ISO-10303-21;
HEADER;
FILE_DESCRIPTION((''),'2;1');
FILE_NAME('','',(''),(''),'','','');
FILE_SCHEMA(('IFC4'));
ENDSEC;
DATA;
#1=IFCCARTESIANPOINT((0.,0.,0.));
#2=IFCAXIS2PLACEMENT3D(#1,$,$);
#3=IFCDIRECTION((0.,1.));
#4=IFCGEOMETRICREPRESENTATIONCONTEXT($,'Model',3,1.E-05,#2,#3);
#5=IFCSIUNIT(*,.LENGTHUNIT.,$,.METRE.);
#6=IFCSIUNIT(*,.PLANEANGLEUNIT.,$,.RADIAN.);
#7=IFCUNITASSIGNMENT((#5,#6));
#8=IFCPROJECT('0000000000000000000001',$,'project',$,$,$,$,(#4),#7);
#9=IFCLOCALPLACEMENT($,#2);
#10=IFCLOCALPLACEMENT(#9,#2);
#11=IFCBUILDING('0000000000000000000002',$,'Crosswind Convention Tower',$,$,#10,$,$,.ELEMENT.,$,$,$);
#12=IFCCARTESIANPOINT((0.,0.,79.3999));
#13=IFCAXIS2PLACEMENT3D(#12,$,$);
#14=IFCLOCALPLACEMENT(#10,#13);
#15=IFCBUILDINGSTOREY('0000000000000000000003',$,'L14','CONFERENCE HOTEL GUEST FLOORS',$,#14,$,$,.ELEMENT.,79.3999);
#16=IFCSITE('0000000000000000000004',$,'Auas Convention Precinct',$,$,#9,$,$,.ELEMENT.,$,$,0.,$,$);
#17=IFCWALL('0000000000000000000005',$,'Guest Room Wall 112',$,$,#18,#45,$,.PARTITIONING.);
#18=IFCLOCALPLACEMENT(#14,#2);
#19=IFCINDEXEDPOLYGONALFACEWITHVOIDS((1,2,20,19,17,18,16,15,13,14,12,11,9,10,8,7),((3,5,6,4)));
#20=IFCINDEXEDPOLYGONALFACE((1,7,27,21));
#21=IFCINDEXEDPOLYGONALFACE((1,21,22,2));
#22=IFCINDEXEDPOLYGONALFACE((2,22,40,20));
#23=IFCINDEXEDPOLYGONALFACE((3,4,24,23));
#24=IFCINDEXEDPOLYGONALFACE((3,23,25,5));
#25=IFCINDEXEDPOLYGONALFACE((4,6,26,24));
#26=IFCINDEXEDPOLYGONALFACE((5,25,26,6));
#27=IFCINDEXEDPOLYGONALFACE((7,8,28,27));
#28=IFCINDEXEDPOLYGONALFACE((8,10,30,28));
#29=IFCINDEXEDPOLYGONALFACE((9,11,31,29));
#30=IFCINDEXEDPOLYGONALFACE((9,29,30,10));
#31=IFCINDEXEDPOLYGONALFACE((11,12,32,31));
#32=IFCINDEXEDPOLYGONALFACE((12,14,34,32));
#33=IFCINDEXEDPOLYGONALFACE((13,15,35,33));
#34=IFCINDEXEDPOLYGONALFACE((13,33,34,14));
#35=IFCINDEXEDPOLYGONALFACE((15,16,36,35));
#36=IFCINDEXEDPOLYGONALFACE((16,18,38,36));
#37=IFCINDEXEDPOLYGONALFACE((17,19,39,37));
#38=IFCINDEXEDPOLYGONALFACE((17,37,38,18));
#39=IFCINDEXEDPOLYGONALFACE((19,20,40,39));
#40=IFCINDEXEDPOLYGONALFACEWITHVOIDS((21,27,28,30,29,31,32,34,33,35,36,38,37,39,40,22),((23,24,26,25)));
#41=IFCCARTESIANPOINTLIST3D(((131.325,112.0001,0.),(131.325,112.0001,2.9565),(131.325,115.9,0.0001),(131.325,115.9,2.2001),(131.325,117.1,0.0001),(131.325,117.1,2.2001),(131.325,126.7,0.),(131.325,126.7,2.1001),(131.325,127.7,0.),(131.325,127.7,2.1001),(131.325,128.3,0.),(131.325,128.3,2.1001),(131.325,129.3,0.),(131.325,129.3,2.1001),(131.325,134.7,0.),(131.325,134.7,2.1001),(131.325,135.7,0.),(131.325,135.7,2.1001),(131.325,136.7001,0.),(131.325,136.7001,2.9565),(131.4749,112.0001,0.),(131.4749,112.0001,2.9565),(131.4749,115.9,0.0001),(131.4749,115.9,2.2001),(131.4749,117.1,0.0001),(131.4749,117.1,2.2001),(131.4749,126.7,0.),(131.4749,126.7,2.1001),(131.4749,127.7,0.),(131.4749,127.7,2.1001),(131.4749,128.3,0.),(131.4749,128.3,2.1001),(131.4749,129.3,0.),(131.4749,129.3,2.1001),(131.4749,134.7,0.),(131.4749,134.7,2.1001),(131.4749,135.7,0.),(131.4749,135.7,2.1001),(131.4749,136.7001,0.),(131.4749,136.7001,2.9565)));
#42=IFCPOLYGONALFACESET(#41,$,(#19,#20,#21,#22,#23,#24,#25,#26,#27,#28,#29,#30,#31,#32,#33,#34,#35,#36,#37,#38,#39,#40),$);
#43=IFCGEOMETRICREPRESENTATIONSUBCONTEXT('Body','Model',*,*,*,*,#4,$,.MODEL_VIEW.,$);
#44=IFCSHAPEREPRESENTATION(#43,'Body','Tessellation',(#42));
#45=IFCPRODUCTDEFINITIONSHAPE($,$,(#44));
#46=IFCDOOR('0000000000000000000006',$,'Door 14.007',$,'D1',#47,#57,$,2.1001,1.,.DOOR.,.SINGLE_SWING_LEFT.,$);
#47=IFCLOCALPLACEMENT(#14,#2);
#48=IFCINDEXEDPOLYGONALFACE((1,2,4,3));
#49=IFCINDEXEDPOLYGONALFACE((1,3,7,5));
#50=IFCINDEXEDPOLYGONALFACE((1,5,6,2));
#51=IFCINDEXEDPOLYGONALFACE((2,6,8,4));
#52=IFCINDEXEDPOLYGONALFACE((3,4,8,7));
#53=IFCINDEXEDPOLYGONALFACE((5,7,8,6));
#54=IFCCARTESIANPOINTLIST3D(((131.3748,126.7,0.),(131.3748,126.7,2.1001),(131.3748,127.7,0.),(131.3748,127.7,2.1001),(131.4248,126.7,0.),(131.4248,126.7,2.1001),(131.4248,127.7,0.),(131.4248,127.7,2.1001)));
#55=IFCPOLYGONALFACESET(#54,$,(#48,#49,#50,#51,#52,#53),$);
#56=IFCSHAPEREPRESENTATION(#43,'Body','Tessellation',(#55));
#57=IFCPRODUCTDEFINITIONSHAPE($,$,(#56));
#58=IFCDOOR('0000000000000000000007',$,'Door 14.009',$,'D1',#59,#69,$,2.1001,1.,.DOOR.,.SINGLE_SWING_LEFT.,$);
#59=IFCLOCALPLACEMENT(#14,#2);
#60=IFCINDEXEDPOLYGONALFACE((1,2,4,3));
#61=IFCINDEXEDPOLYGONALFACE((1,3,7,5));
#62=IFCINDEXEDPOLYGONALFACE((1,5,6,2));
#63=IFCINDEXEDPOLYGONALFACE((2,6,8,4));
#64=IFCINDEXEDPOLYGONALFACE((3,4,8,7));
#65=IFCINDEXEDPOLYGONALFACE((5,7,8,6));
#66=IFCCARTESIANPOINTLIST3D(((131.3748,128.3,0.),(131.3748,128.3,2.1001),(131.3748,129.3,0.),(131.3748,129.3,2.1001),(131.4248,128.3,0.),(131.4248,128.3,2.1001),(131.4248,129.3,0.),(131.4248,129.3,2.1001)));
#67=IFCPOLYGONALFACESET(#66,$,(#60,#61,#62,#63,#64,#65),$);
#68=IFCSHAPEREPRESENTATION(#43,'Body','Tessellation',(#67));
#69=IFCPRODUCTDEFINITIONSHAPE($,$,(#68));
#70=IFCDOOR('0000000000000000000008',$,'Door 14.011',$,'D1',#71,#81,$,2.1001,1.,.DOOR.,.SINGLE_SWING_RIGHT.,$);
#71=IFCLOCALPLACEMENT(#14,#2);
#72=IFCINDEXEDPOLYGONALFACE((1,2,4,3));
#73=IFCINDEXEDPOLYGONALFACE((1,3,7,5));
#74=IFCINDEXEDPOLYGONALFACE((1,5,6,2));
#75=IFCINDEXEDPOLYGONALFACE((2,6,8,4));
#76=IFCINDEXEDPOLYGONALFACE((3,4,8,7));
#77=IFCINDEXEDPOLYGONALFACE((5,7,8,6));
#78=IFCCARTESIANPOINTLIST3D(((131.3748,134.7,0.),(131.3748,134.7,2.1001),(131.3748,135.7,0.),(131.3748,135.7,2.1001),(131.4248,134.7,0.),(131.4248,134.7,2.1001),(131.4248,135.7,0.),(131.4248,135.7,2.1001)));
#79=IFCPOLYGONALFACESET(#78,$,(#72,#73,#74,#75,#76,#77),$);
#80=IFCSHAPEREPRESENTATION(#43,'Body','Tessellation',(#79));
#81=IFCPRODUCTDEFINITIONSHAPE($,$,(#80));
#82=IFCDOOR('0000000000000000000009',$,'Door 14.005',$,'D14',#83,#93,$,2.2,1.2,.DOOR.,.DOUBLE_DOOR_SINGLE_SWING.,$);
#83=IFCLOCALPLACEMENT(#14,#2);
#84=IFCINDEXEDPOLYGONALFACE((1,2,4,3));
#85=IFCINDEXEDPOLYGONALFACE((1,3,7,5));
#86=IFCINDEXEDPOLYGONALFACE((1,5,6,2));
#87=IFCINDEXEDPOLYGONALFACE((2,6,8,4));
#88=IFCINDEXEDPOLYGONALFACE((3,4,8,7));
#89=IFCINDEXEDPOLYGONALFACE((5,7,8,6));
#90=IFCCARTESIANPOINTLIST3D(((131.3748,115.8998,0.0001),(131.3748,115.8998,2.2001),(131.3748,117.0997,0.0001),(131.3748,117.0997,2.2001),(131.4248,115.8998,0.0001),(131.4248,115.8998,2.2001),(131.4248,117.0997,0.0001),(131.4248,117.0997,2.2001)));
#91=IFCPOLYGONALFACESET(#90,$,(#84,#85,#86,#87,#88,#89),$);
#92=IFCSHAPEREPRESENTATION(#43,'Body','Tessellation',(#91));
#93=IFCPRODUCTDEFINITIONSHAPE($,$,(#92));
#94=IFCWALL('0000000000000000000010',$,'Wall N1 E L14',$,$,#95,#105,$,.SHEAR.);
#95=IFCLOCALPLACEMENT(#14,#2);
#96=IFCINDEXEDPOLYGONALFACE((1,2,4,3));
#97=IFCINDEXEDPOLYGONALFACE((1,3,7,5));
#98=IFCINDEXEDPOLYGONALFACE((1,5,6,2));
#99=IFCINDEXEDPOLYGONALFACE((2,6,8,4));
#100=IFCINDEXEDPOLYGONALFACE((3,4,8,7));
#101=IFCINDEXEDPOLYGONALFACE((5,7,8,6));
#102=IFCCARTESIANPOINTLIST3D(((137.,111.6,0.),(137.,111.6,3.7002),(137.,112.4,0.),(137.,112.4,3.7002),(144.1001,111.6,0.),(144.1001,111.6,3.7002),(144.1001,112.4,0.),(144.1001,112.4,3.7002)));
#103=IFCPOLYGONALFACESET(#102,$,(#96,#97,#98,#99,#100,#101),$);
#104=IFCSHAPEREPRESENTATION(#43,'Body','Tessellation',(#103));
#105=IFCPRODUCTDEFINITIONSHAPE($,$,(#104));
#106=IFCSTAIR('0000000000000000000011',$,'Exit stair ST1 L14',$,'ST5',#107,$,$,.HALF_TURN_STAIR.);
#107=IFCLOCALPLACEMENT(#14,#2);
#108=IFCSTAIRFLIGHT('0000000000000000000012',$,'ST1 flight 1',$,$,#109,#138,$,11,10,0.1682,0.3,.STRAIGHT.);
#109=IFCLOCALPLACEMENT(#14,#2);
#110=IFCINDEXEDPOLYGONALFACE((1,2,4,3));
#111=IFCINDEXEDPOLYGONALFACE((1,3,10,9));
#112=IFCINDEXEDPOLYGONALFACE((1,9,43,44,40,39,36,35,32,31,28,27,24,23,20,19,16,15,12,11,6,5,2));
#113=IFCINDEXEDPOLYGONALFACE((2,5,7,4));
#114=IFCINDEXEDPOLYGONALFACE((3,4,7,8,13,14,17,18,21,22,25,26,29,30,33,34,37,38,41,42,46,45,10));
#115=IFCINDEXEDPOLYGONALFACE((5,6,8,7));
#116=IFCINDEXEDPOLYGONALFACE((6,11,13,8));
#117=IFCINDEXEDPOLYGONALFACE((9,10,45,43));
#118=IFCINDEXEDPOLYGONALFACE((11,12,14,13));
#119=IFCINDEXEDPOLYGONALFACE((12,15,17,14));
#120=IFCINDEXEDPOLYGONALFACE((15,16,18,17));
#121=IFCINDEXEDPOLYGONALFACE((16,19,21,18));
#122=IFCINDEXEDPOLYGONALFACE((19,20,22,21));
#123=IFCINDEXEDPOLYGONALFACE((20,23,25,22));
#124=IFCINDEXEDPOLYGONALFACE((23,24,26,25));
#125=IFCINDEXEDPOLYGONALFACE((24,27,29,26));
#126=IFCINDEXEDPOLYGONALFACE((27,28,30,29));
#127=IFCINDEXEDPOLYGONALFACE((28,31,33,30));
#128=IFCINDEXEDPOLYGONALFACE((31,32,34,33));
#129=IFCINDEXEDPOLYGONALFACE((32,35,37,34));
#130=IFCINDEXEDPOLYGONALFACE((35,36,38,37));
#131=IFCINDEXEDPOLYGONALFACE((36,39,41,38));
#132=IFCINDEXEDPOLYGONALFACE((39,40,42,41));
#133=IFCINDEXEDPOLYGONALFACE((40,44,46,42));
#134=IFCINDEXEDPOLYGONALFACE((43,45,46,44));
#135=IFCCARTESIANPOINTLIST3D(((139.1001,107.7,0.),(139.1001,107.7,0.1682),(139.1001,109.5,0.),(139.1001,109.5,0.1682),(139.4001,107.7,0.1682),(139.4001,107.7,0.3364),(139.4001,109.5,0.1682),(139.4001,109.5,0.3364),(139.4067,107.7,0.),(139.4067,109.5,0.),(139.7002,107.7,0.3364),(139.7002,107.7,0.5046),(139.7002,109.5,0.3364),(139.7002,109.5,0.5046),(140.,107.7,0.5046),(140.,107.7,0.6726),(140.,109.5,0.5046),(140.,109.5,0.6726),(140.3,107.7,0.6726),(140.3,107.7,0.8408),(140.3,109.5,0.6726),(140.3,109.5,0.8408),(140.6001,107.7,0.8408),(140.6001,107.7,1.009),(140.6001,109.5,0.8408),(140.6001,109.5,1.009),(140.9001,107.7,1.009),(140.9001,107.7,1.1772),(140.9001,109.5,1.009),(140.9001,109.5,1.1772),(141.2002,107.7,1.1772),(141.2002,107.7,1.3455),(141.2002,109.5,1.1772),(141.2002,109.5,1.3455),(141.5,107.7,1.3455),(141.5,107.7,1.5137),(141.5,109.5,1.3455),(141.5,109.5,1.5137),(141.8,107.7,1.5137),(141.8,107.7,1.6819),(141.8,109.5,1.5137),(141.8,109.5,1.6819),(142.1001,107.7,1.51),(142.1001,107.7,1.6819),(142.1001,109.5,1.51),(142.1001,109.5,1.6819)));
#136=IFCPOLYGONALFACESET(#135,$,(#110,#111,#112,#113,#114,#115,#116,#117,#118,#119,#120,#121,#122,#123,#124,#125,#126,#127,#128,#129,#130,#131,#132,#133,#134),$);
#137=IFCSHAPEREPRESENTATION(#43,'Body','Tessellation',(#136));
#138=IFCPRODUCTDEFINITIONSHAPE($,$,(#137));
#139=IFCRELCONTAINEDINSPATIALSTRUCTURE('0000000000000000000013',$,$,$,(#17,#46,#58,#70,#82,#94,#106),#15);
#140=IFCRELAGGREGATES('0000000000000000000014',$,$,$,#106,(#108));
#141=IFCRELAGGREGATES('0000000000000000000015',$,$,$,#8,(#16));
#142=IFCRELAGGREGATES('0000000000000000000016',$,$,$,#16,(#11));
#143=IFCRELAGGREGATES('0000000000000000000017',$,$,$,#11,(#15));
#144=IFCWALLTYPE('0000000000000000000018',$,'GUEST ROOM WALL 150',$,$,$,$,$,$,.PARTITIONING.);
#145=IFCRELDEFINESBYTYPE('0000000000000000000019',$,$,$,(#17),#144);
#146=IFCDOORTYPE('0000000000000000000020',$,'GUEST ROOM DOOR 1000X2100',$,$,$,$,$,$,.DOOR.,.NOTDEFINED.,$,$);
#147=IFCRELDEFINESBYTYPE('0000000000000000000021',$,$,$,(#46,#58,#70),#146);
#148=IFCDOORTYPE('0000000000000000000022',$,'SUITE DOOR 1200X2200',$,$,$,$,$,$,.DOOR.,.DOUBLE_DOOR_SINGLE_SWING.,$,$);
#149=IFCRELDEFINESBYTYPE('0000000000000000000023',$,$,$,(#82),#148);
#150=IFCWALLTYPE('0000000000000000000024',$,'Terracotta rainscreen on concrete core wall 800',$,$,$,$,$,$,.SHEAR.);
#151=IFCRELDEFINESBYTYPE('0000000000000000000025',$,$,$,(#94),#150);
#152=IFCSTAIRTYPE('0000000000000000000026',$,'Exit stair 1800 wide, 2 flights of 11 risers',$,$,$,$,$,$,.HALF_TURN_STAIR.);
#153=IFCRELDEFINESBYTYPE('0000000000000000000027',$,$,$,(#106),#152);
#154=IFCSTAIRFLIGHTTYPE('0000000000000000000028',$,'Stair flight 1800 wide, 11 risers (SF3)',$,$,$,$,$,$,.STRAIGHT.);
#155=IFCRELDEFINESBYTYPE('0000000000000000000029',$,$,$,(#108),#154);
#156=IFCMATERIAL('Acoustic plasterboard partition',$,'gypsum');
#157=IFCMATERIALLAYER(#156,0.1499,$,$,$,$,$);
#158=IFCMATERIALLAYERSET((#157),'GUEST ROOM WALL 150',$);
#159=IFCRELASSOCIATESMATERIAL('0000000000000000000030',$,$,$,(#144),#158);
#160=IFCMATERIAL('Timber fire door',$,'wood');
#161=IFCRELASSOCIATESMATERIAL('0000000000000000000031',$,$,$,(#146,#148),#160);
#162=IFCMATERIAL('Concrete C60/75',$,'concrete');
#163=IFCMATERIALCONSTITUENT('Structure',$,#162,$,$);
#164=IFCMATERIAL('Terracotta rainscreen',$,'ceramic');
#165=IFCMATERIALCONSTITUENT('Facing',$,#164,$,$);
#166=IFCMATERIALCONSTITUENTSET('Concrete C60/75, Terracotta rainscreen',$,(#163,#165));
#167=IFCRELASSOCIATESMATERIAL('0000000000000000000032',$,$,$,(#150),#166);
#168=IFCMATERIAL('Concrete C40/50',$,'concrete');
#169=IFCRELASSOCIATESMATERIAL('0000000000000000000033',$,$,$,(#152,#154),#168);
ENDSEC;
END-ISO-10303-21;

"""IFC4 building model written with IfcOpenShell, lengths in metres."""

from ifc_helpers import new_model, si_unit, direction, frame, frame_2d, origin, place, context, subcontext, project, spatial, polyline, rectangle, outline, extrude, material, layer, layer_set, constituent, constituent_set, type_object, element, fill, aggregate, save


model = new_model("IFC4")

# Units and contexts
model_context = context("Model", 3, precision=1e-05, world=origin(), true_north=direction((0.0, 1.0)))
body_context = subcontext(model_context, "Body", "Model", "MODEL_VIEW")
ifc_project = project(units=[si_unit("LENGTHUNIT", "METRE"), si_unit("PLANEANGLEUNIT", "RADIAN")], contexts=[model_context])

# Site, building, storey
site_placement = place(None, origin())
site = spatial("IfcSite", under=ifc_project, at=site_placement, Name="Auas Convention Precinct", CompositionType="ELEMENT", RefElevation=0.0)
building_placement = place(site_placement, origin())
building = spatial("IfcBuilding", under=site, at=building_placement, Name="Crosswind Convention Tower", CompositionType="ELEMENT")
storey_placement = place(building_placement, frame((0.0, 0.0, 79.3999)))
storey = spatial("IfcBuildingStorey", under=building, at=storey_placement, Name="L14", Description="CONFERENCE HOTEL GUEST FLOORS", CompositionType="ELEMENT", Elevation=79.3999)

# Shared definitions
ifc_material_1 = material(Name="Acoustic plasterboard partition", Category="gypsum")
ifc_layer_1 = layer(ifc_material_1, 0.1499)
ifc_layer_set_1 = layer_set([ifc_layer_1], Name="GUEST ROOM WALL 150")
wall_type_1 = type_object("IfcWallType", Name="GUEST ROOM WALL 150", PredefinedType="PARTITIONING", material=ifc_layer_set_1)

# Wall, openings, doors
wall_1_placement = place(storey_placement, frame((131.3999, 112.0, 0.0), z_axis=(0.0, 0.0, 1.0), x_axis=(0.0, 1.0, 0.0)))
wall_1 = element("IfcWall", 1, at=wall_1_placement, inside=storey, type_object=wall_type_1, Name="Guest Room Wall 112", PredefinedType="PARTITIONING", context=body_context, shape_type="SweptSolid", body=[
    extrude(rectangle(XDim=24.7, YDim=0.1499, at=frame_2d((12.3501, 0.0))), origin(), (0.0, 0.0, 1.0), 2.9565),
])
opening_1_placement = place(wall_1_placement, frame((3.8999, 0.0, 0.0)))
opening_1 = element("IfcOpeningElement", 2, at=opening_1_placement, cuts=wall_1, PredefinedType="OPENING", context=body_context, shape_type="SweptSolid", body=[
    extrude(rectangle(XDim=1.2, YDim=2.2, at=frame_2d((0.6001, 1.1001))), frame((0.0, 0.085, 0.0), z_axis=(0.0, -1.0, 0.0), x_axis=(1.0, 0.0, 0.0)), (0.0, 0.0, 1.0), 0.1699),
])
opening_2_placement = place(wall_1_placement, frame((14.7, 0.0, 0.0)))
opening_2 = element("IfcOpeningElement", 3, at=opening_2_placement, cuts=wall_1, PredefinedType="OPENING", context=body_context, shape_type="SweptSolid", body=[
    extrude(rectangle(XDim=1.0, YDim=2.1001, at=frame_2d((0.5, 1.05))), frame((0.0, 0.085, 0.0), z_axis=(0.0, -1.0, 0.0), x_axis=(1.0, 0.0, 0.0)), (0.0, 0.0, 1.0), 0.1699),
])
opening_3_placement = place(wall_1_placement, frame((16.3, 0.0, 0.0)))
opening_3 = element("IfcOpeningElement", 4, at=opening_3_placement, cuts=wall_1, PredefinedType="OPENING", context=body_context, shape_type="SweptSolid", body=[
    extrude(rectangle(XDim=1.0, YDim=2.1001, at=frame_2d((0.5, 1.05))), frame((0.0, 0.085, 0.0), z_axis=(0.0, -1.0, 0.0), x_axis=(1.0, 0.0, 0.0)), (0.0, 0.0, 1.0), 0.1699),
])
opening_4_placement = place(wall_1_placement, frame((22.7, 0.0, 0.0)))
opening_4 = element("IfcOpeningElement", 5, at=opening_4_placement, cuts=wall_1, PredefinedType="OPENING", context=body_context, shape_type="SweptSolid", body=[
    extrude(rectangle(XDim=1.0, YDim=2.1001, at=frame_2d((0.5, 1.05))), frame((0.0, 0.085, 0.0), z_axis=(0.0, -1.0, 0.0), x_axis=(1.0, 0.0, 0.0)), (0.0, 0.0, 1.0), 0.1699),
])
ifc_material_2 = material(Name="Timber fire door", Category="wood")
door_type_1 = type_object("IfcDoorType", Name="GUEST ROOM DOOR 1000X2100", OperationType="NOTDEFINED", PredefinedType="DOOR", material=ifc_material_2)
door_1_placement = place(opening_2_placement, frame((1.0, 0.0, 0.0), z_axis=(0.0, 0.0, 1.0), x_axis=(-1.0, 0.0, 0.0)))
door_1 = element("IfcDoor", 6, at=door_1_placement, inside=storey, type_object=door_type_1, Name="Door 14.007", ObjectType="D1", OperationType="SINGLE_SWING_LEFT", OverallHeight=2.1001, OverallWidth=1.0, PredefinedType="DOOR", context=body_context, shape_type="SweptSolid", body=[
    extrude(rectangle(XDim=1.0, YDim=2.1001, at=frame_2d((0.5, 1.05))), frame((0.0, 0.0249, 0.0), z_axis=(0.0, -1.0, 0.0), x_axis=(1.0, 0.0, 0.0)), (0.0, 0.0, 1.0), 0.05),
])
fill(opening_2, door_1)
door_2_placement = place(opening_3_placement, frame((1.0, 0.0, 0.0), z_axis=(0.0, 0.0, 1.0), x_axis=(-1.0, 0.0, 0.0)))
door_2 = element("IfcDoor", 7, at=door_2_placement, inside=storey, type_object=door_type_1, Name="Door 14.009", ObjectType="D1", OperationType="SINGLE_SWING_LEFT", OverallHeight=2.1001, OverallWidth=1.0, PredefinedType="DOOR", context=body_context, shape_type="SweptSolid", body=[
    extrude(rectangle(XDim=1.0, YDim=2.1001, at=frame_2d((0.5, 1.05))), frame((0.0, 0.0249, 0.0), z_axis=(0.0, -1.0, 0.0), x_axis=(1.0, 0.0, 0.0)), (0.0, 0.0, 1.0), 0.05),
])
fill(opening_3, door_2)
door_3_placement = place(opening_4_placement, frame((1.0, 0.0, 0.0), z_axis=(0.0, 0.0, 1.0), x_axis=(-1.0, 0.0, 0.0)))
door_3 = element("IfcDoor", 8, at=door_3_placement, inside=storey, type_object=door_type_1, Name="Door 14.011", ObjectType="D1", OperationType="SINGLE_SWING_RIGHT", OverallHeight=2.1001, OverallWidth=1.0, PredefinedType="DOOR", context=body_context, shape_type="SweptSolid", body=[
    extrude(rectangle(XDim=1.0, YDim=2.1001, at=frame_2d((0.5, 1.05))), frame((0.0, 0.0249, 0.0), z_axis=(0.0, -1.0, 0.0), x_axis=(1.0, 0.0, 0.0)), (0.0, 0.0, 1.0), 0.05),
])
fill(opening_4, door_3)
door_type_2 = type_object("IfcDoorType", Name="SUITE DOOR 1200X2200", OperationType="DOUBLE_DOOR_SINGLE_SWING", PredefinedType="DOOR", material=ifc_material_2)
door_4_placement = place(opening_1_placement, frame((1.2, 0.0, 0.0), z_axis=(0.0, 0.0, 1.0), x_axis=(-1.0, 0.0, 0.0)))
door_4 = element("IfcDoor", 9, at=door_4_placement, inside=storey, type_object=door_type_2, Name="Door 14.005", ObjectType="D14", OperationType="DOUBLE_DOOR_SINGLE_SWING", OverallHeight=2.2, OverallWidth=1.2, PredefinedType="DOOR", context=body_context, shape_type="SweptSolid", body=[
    extrude(rectangle(XDim=1.2, YDim=2.2, at=frame_2d((0.6001, 1.1001))), frame((0.0, 0.0249, 0.0), z_axis=(0.0, -1.0, 0.0), x_axis=(1.0, 0.0, 0.0)), (0.0, 0.0, 1.0), 0.05),
])
fill(opening_1, door_4)

# Shared definitions
ifc_material_3 = material(Name="Terracotta rainscreen", Category="ceramic")

# Wall
ifc_material_4 = material(Name="Concrete C60/75", Category="concrete")
ifc_constituent_1 = constituent(ifc_material_4, Name="Structure")
ifc_constituent_2 = constituent(ifc_material_3, Name="Facing")
ifc_constituent_set = constituent_set(constituents=[ifc_constituent_1, ifc_constituent_2], Name="Concrete C60/75, Terracotta rainscreen")
wall_type_2 = type_object("IfcWallType", Name="Terracotta rainscreen on concrete core wall 800", PredefinedType="SHEAR", material=ifc_constituent_set)
wall_2_placement = place(storey_placement, frame((137.0, 112.0, 0.0), z_axis=(0.0, 0.0, 1.0), x_axis=(1.0, 0.0, 0.0)))
element("IfcWall", 10, at=wall_2_placement, inside=storey, type_object=wall_type_2, Name="Wall N1 E L14", PredefinedType="SHEAR", context=body_context, shape_type="SweptSolid", body=[
    extrude(rectangle(XDim=7.1001, YDim=0.8, at=frame_2d((3.55, 0.0))), origin(), (0.0, 0.0, 1.0), 3.7002),
])

# Stair, stair flight
ifc_material_5 = material(Name="Concrete C40/50", Category="concrete")
stair_type = type_object("IfcStairType", Name="Exit stair 1800 wide, 2 flights of 11 risers", PredefinedType="HALF_TURN_STAIR", material=ifc_material_5)
stair_placement = place(storey_placement, origin())
stair = element("IfcStair", 11, at=stair_placement, inside=storey, type_object=stair_type, Name="Exit stair ST1 L14", ObjectType="ST5", PredefinedType="HALF_TURN_STAIR")
stair_flight_type = type_object("IfcStairFlightType", Name="Stair flight 1800 wide, 11 risers (SF3)", PredefinedType="STRAIGHT", material=ifc_material_5)
stair_flight_placement = place(storey_placement, frame((139.1001, 108.6001, 0.0), z_axis=(0.0, 0.0, 1.0), x_axis=(1.0, 0.0, 0.0)))
stair_flight = element("IfcStairFlight", 12, at=stair_flight_placement, type_object=stair_flight_type, Name="ST1 flight 1", NumberOfRisers=11, NumberOfTreads=10, PredefinedType="STRAIGHT", RiserHeight=0.1682, TreadLength=0.3, context=body_context, shape_type="SweptSolid", body=[
    extrude(outline(polyline([(0.0, 0.0), (0.0, 0.1682), (0.3, 0.1682), (0.3, 0.3364), (0.6001, 0.3364), (0.6001, 0.5046), (0.8999, 0.5046), (0.8999, 0.6726), (1.2, 0.6726), (1.2, 0.8408), (1.5, 0.8408), (1.5, 1.009), (1.8, 1.009), (1.8, 1.1772), (2.1001, 1.1772), (2.1001, 1.3455), (2.3999, 1.3455), (2.3999, 1.5137), (2.7, 1.5137), (2.7, 1.6819), (3.0, 1.6819), (3.0, 1.8501), (3.0, 1.51), (0.3066, 0.0), (0.0, 0.0)])), frame((0.0, 0.8999, 0.0), z_axis=(0.0, -1.0, 0.0), x_axis=(1.0, 0.0, 0.0)), (0.0, 0.0, 1.0), 1.8),
])
aggregate(stair, [stair_flight])

save(model, "model.ifc")
